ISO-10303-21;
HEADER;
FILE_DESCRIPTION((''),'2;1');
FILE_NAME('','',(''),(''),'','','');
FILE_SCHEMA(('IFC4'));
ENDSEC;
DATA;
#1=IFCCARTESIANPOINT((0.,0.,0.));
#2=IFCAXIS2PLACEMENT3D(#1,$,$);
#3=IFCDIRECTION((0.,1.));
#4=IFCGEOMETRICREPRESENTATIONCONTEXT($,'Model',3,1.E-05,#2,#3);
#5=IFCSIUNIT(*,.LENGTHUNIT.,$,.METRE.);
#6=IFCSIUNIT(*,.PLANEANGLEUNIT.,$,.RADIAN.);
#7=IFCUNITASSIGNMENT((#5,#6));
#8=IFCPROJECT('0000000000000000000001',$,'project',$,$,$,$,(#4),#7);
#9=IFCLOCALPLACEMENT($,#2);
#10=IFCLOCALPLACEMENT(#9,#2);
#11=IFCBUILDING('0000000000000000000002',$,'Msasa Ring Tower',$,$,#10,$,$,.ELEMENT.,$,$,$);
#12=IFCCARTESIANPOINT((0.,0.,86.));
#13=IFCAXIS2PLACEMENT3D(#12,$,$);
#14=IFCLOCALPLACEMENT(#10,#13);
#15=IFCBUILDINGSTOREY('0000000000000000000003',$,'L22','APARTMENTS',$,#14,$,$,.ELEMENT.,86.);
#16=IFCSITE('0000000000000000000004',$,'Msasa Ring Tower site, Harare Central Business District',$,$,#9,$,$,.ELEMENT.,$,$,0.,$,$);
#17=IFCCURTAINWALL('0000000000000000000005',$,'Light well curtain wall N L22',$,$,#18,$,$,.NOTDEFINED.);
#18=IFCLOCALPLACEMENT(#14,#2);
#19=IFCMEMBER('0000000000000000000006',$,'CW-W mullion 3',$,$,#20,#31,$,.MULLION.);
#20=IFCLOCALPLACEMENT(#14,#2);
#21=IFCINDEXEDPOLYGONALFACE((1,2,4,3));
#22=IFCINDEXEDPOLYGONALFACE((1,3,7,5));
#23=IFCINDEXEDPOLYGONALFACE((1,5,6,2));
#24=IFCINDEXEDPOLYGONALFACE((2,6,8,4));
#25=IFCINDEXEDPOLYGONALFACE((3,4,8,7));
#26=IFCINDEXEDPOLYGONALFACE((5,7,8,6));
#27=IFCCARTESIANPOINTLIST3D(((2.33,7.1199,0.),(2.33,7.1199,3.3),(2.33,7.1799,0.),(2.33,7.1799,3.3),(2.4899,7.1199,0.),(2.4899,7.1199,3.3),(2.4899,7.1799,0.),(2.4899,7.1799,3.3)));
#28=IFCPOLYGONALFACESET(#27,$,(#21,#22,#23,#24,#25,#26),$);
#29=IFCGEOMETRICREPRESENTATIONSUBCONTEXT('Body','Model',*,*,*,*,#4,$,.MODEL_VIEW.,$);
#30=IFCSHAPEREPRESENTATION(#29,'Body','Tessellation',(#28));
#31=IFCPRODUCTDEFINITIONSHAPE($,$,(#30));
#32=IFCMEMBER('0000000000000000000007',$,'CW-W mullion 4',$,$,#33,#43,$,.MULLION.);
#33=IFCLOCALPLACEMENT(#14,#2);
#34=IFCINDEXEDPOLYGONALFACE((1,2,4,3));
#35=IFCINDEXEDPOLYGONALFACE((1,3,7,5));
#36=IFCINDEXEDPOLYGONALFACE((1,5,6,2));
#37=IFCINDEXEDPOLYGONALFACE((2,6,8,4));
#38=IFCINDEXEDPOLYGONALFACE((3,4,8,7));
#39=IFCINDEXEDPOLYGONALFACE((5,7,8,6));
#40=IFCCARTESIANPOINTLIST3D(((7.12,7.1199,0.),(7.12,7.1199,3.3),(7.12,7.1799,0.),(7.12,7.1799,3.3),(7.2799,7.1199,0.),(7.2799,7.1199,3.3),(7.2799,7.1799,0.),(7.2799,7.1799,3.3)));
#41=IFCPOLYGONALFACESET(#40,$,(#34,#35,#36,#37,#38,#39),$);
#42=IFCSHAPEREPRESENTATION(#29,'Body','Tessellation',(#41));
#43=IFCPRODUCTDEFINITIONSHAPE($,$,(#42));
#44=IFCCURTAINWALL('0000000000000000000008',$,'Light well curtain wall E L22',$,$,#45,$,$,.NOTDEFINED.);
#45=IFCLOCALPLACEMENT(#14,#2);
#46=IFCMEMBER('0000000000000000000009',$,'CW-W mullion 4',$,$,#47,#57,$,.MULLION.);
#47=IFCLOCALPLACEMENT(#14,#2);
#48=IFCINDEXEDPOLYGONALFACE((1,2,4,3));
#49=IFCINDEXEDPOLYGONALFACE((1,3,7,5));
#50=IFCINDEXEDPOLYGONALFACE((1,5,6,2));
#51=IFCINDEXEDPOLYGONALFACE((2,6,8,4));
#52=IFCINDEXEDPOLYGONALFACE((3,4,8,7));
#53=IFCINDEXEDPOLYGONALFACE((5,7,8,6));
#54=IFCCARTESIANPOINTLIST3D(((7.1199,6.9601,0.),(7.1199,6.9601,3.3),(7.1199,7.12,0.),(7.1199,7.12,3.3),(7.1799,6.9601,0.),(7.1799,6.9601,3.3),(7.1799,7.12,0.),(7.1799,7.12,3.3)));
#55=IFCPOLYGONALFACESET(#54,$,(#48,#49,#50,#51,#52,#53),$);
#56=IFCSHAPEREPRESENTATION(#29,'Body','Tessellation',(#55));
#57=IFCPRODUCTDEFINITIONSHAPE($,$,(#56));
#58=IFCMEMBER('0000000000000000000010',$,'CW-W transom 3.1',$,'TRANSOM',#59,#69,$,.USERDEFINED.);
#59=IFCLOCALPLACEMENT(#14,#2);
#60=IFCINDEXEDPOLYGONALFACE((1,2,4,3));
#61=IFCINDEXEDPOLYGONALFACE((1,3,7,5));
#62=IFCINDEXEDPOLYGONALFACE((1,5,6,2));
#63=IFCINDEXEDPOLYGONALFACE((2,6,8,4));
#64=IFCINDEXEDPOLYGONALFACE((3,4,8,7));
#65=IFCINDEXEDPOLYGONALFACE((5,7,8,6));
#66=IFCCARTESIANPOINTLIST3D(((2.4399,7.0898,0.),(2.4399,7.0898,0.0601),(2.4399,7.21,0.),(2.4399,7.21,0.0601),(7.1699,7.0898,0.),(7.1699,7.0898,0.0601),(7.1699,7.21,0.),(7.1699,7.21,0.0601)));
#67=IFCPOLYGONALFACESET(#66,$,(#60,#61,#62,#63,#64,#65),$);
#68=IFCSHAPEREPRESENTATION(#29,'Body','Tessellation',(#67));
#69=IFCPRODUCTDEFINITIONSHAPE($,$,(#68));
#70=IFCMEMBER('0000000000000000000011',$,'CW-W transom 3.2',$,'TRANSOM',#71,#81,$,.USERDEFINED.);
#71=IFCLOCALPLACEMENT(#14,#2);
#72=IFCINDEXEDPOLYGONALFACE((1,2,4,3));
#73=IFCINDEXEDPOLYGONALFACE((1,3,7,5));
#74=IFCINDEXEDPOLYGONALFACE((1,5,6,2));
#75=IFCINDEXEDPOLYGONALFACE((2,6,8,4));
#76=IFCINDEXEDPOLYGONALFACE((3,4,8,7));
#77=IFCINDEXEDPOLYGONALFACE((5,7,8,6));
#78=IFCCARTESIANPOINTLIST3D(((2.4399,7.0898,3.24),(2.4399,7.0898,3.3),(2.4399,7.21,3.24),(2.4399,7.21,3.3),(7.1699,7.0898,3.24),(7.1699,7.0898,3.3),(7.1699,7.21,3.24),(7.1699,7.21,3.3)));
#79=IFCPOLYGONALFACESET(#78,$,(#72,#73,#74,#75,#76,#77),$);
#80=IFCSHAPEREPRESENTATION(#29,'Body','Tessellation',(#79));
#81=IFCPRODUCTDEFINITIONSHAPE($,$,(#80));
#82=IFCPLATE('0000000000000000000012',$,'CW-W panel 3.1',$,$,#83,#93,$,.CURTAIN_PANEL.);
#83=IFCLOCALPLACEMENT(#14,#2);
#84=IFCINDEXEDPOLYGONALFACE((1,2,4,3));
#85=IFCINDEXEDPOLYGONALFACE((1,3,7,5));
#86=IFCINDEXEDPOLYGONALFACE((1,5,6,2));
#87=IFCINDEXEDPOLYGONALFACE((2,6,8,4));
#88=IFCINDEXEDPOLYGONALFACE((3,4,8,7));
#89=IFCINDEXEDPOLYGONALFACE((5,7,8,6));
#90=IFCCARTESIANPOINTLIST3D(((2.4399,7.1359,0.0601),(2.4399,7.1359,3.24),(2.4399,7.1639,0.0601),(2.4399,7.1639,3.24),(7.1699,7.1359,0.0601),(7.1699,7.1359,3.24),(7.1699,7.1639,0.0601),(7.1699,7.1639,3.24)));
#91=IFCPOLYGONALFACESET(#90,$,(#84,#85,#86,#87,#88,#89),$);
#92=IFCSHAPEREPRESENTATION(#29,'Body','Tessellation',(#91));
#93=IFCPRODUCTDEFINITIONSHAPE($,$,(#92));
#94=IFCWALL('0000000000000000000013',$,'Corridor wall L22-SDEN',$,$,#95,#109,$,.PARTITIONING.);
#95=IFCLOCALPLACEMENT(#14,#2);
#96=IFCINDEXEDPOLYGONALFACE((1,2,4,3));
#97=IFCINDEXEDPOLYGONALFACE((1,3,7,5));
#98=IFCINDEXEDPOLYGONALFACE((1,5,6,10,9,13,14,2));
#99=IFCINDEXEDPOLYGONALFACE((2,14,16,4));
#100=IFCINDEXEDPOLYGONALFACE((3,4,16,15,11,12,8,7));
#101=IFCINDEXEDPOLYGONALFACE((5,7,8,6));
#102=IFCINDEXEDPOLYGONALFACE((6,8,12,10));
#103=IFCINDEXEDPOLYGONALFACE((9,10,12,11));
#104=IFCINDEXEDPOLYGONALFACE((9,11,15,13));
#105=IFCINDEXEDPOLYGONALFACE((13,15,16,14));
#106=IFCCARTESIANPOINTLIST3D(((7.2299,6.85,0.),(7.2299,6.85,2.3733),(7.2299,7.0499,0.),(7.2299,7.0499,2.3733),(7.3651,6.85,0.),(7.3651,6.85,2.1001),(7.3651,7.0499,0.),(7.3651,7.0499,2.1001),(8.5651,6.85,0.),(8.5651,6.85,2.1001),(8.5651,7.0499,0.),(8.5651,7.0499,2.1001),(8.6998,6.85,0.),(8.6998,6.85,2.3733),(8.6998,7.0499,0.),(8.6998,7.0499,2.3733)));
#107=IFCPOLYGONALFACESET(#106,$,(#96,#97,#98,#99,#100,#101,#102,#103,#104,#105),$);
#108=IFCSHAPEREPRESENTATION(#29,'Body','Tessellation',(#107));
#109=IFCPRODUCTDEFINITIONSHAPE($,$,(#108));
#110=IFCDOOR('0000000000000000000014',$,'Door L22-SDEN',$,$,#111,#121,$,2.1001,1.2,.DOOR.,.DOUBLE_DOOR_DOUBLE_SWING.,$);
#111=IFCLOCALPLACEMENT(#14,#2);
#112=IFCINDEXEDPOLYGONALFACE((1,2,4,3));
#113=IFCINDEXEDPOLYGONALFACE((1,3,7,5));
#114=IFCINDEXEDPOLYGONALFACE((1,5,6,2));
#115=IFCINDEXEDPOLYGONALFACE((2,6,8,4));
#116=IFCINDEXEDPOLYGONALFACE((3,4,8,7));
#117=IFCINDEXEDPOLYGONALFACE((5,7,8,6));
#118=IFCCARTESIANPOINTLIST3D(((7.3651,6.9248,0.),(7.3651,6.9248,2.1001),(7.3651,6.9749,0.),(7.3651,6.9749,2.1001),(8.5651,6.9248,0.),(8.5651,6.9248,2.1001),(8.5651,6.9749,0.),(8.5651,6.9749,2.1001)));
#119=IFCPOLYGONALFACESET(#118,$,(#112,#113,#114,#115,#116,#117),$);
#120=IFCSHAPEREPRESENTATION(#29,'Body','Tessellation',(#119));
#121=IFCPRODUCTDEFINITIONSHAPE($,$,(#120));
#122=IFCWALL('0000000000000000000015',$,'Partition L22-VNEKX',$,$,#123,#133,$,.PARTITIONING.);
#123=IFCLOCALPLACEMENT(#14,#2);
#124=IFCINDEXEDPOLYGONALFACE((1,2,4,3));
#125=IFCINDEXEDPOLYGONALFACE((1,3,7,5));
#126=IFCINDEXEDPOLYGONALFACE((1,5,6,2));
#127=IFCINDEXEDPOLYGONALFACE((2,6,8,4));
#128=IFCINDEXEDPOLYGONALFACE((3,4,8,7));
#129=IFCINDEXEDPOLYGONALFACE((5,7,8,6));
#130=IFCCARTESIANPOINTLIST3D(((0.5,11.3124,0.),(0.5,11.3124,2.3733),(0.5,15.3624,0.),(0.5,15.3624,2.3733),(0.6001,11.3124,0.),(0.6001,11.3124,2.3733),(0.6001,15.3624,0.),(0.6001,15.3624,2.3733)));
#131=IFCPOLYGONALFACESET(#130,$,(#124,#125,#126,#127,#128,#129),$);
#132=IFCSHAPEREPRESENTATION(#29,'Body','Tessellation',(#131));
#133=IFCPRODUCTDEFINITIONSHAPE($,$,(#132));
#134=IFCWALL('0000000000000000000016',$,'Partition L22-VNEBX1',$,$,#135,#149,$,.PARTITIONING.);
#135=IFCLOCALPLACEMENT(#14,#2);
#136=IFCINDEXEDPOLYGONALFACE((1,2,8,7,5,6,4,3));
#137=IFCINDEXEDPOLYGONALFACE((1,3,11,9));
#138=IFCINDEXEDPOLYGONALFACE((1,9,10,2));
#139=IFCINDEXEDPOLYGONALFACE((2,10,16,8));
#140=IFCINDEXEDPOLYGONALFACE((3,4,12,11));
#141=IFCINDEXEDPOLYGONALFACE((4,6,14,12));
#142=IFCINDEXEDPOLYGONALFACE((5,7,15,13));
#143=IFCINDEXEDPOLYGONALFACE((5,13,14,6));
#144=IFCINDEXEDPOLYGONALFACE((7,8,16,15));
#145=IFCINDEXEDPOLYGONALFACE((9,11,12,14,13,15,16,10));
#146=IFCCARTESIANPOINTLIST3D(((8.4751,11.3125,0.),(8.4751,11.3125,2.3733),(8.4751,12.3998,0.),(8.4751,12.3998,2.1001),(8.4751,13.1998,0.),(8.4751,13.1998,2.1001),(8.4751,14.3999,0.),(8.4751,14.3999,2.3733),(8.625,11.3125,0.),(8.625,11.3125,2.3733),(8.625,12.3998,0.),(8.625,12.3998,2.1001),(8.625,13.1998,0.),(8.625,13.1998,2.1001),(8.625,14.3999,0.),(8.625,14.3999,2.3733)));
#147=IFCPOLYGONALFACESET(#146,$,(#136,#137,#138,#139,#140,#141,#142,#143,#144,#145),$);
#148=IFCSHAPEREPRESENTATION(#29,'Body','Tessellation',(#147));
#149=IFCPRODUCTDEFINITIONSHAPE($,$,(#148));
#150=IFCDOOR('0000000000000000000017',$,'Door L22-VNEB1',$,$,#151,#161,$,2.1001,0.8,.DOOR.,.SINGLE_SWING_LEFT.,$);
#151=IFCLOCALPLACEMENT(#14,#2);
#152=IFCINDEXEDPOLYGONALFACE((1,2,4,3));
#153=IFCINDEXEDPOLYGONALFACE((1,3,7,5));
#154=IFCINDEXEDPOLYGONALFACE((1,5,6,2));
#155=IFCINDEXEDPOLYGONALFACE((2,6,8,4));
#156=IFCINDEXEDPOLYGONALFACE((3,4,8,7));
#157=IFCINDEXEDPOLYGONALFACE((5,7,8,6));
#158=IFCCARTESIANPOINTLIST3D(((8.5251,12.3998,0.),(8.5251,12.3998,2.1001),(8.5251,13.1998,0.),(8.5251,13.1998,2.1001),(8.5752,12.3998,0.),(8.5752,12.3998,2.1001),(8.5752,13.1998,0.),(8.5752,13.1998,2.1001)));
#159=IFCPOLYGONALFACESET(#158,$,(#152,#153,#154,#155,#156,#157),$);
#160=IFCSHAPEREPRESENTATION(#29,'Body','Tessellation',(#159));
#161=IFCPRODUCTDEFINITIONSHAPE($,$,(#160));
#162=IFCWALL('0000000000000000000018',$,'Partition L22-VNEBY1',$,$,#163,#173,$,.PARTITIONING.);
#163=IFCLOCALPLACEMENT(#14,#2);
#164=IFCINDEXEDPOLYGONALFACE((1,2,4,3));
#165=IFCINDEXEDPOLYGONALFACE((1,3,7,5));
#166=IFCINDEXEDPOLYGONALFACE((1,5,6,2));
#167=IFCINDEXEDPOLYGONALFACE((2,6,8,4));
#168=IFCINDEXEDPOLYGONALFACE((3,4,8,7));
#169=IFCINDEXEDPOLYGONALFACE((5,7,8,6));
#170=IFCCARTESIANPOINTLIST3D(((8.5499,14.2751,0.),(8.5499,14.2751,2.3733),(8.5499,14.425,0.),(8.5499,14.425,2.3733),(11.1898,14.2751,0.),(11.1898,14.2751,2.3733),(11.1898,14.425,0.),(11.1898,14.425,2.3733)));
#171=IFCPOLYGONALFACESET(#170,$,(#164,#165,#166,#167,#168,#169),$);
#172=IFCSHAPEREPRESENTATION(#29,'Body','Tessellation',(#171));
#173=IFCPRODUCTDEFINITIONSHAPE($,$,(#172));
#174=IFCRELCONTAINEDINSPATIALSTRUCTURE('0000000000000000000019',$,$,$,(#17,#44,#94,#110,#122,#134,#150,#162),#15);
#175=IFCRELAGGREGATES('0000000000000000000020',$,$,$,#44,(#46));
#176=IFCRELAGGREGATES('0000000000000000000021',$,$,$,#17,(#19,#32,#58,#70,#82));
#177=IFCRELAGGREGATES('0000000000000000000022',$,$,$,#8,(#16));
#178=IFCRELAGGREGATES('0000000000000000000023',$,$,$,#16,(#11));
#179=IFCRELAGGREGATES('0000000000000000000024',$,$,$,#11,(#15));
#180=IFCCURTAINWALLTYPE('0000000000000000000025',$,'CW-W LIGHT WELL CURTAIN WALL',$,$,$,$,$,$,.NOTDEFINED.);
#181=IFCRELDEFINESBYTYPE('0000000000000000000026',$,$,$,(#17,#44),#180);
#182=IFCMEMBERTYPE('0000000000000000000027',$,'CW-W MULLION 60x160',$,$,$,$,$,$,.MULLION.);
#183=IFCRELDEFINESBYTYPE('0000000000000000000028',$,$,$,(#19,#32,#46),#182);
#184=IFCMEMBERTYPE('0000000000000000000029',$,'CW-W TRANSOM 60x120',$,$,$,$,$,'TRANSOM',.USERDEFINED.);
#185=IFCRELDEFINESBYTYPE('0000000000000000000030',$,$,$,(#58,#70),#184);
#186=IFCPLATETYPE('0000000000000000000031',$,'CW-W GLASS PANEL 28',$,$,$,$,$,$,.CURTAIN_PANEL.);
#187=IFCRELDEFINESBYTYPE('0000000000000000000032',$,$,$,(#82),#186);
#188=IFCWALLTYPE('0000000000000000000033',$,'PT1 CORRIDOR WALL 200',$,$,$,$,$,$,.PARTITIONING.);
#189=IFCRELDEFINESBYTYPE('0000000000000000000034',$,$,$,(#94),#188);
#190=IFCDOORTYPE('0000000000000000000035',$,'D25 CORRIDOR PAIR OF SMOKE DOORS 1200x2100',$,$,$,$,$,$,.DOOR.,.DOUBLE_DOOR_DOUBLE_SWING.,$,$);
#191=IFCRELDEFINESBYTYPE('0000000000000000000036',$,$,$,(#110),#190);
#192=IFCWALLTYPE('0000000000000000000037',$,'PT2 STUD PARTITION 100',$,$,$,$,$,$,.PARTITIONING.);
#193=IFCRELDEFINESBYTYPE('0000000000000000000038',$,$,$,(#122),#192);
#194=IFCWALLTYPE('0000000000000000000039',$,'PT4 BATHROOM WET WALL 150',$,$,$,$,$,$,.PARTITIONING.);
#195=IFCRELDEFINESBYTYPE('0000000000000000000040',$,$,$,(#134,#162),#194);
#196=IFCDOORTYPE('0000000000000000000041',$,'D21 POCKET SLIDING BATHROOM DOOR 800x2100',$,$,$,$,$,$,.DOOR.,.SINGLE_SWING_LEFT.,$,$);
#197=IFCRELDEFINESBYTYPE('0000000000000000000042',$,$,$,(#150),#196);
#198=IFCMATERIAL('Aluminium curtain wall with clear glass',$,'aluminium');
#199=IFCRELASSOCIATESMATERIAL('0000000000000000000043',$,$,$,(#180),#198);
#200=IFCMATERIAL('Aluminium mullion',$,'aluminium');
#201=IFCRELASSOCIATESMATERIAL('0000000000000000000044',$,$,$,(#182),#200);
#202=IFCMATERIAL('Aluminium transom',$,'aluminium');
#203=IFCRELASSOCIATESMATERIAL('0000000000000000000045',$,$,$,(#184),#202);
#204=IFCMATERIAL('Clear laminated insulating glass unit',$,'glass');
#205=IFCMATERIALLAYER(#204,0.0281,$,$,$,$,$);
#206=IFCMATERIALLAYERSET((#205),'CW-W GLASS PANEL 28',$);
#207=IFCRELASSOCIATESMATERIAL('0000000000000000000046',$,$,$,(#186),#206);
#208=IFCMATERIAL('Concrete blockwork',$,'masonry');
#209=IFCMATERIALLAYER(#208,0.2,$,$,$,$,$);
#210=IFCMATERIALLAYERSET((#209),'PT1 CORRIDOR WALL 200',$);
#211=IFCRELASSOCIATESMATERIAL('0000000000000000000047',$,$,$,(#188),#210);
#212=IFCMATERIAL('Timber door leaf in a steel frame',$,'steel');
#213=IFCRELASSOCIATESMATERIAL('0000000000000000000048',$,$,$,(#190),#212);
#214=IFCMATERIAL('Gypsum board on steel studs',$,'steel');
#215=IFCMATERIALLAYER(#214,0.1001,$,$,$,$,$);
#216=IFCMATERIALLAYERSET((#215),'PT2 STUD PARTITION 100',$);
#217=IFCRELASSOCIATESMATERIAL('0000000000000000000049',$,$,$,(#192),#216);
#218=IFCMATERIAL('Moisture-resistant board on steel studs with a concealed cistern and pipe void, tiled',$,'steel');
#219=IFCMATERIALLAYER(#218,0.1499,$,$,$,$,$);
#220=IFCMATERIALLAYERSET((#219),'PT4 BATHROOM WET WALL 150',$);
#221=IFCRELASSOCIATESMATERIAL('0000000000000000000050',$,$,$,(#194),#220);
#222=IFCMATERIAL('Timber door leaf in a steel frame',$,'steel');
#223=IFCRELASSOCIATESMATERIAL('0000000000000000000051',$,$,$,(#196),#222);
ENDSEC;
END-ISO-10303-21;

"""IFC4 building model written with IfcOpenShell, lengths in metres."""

from ifc_helpers import new_model, si_unit, direction, frame, frame_2d, origin, origin_2d, place, context, subcontext, project, spatial, rectangle, extrude, material, layer, layer_set, material_profile, profile_set, type_object, element, fill, aggregate, save


model = new_model("IFC4")

# Units and contexts
model_context = context("Model", 3, precision=1e-05, world=origin(), true_north=direction((0.0, 1.0)))
body_context = subcontext(model_context, "Body", "Model", "MODEL_VIEW")
ifc_project = project(units=[si_unit("LENGTHUNIT", "METRE"), si_unit("PLANEANGLEUNIT", "RADIAN")], contexts=[model_context])

# Site, building, storey
site_placement = place(None, origin())
site = spatial("IfcSite", under=ifc_project, at=site_placement, Name="Msasa Ring Tower site, Harare Central Business District", CompositionType="ELEMENT", RefElevation=0.0)
building_placement = place(site_placement, origin())
building = spatial("IfcBuilding", under=site, at=building_placement, Name="Msasa Ring Tower", CompositionType="ELEMENT")
storey_placement = place(building_placement, frame((0.0, 0.0, 86.0)))
storey = spatial("IfcBuildingStorey", under=building, at=storey_placement, Name="L22", Description="APARTMENTS", CompositionType="ELEMENT", Elevation=86.0)

# Curtain wall, members
ifc_material_1 = material(Name="Aluminium curtain wall with clear glass", Category="aluminium")
curtain_wall_type = type_object("IfcCurtainWallType", Name="CW-W LIGHT WELL CURTAIN WALL", PredefinedType="NOTDEFINED", material=ifc_material_1)
curtain_wall_1_placement = place(storey_placement, origin())
curtain_wall_1 = element("IfcCurtainWall", 1, at=curtain_wall_1_placement, inside=storey, type_object=curtain_wall_type, Name="Light well curtain wall N L22", PredefinedType="NOTDEFINED")
ifc_material_2 = material(Name="Aluminium mullion", Category="aluminium")
ifc_material_profile_1 = material_profile(ifc_material_2, rectangle(XDim=0.0601, YDim=0.1599, at=origin_2d()), Name="AL 60x160")
ifc_profile_set_1 = profile_set([ifc_material_profile_1], Name="Aluminium mullion")
member_type_1 = type_object("IfcMemberType", Name="CW-W MULLION 60x160", PredefinedType="MULLION", material=ifc_profile_set_1)
member_1_placement = place(storey_placement, frame((2.4099, 7.1499, 0.0), z_axis=(0.0, 0.0, 1.0), x_axis=(0.0, 1.0, 0.0)))
member_1 = element("IfcMember", 2, at=member_1_placement, type_object=member_type_1, Name="CW-W mullion 3", PredefinedType="MULLION", context=body_context, shape_type="SweptSolid", body=[
    extrude(rectangle(XDim=0.0601, YDim=0.1599, at=origin_2d()), origin(), (0.0, 0.0, 1.0), 3.3),
])
member_2_placement = place(storey_placement, frame((7.2, 7.1499, 0.0), z_axis=(0.0, 0.0, 1.0), x_axis=(0.0, 1.0, 0.0)))
member_2 = element("IfcMember", 3, at=member_2_placement, type_object=member_type_1, Name="CW-W mullion 4", PredefinedType="MULLION", context=body_context, shape_type="SweptSolid", body=[
    extrude(rectangle(XDim=0.0601, YDim=0.1599, at=origin_2d()), origin(), (0.0, 0.0, 1.0), 3.3),
])

# Curtain wall, member
curtain_wall_2_placement = place(storey_placement, origin())
curtain_wall_2 = element("IfcCurtainWall", 4, at=curtain_wall_2_placement, inside=storey, type_object=curtain_wall_type, Name="Light well curtain wall E L22", PredefinedType="NOTDEFINED")
member_3_placement = place(storey_placement, frame((7.1499, 7.04, 0.0), z_axis=(0.0, 0.0, 1.0), x_axis=(-1.0, 0.0, 0.0)))
member_3 = element("IfcMember", 5, at=member_3_placement, type_object=member_type_1, Name="CW-W mullion 4", PredefinedType="MULLION", context=body_context, shape_type="SweptSolid", body=[
    extrude(rectangle(XDim=0.0601, YDim=0.1599, at=origin_2d()), origin(), (0.0, 0.0, 1.0), 3.3),
])
aggregate(curtain_wall_2, [member_3])

# Members
ifc_material_3 = material(Name="Aluminium transom", Category="aluminium")
ifc_material_profile_2 = material_profile(ifc_material_3, rectangle(XDim=0.1201, YDim=0.0601, at=origin_2d()), Name="AL 60x120")
ifc_profile_set_2 = profile_set([ifc_material_profile_2], Name="Aluminium transom")
member_type_2 = type_object("IfcMemberType", Name="CW-W TRANSOM 60x120", ElementType="TRANSOM", PredefinedType="USERDEFINED", material=ifc_profile_set_2)
member_4_placement = place(storey_placement, frame((2.4399, 7.1499, 0.03), z_axis=(1.0, 0.0, 0.0), x_axis=(0.0, 1.0, 0.0)))
member_4 = element("IfcMember", 6, at=member_4_placement, type_object=member_type_2, Name="CW-W transom 3.1", ObjectType="TRANSOM", PredefinedType="USERDEFINED", context=body_context, shape_type="SweptSolid", body=[
    extrude(rectangle(XDim=0.1201, YDim=0.0601, at=origin_2d()), origin(), (0.0, 0.0, 1.0), 4.73),
])
member_5_placement = place(storey_placement, frame((2.4399, 7.1499, 3.27), z_axis=(1.0, 0.0, 0.0), x_axis=(0.0, 1.0, 0.0)))
member_5 = element("IfcMember", 7, at=member_5_placement, type_object=member_type_2, Name="CW-W transom 3.2", ObjectType="TRANSOM", PredefinedType="USERDEFINED", context=body_context, shape_type="SweptSolid", body=[
    extrude(rectangle(XDim=0.1201, YDim=0.0601, at=origin_2d()), origin(), (0.0, 0.0, 1.0), 4.73),
])

# Plate
ifc_material_4 = material(Name="Clear laminated insulating glass unit", Category="glass")
ifc_layer_1 = layer(ifc_material_4, 0.0281)
ifc_layer_set_1 = layer_set([ifc_layer_1], Name="CW-W GLASS PANEL 28")
plate_type = type_object("IfcPlateType", Name="CW-W GLASS PANEL 28", PredefinedType="CURTAIN_PANEL", material=ifc_layer_set_1)
plate_placement = place(storey_placement, frame((4.8049, 7.1499, 0.0601), z_axis=(0.0, 0.0, 1.0), x_axis=(1.0, 0.0, 0.0)))
plate = element("IfcPlate", 8, at=plate_placement, type_object=plate_type, Name="CW-W panel 3.1", PredefinedType="CURTAIN_PANEL", context=body_context, shape_type="SweptSolid", body=[
    extrude(rectangle(XDim=4.73, YDim=0.0281, at=origin_2d()), origin(), (0.0, 0.0, 1.0), 3.1799),
])
aggregate(curtain_wall_1, [member_1, member_2, member_4, member_5, plate])

# Wall, opening, door
ifc_material_5 = material(Name="Concrete blockwork", Category="masonry")
ifc_layer_2 = layer(ifc_material_5, 0.2)
ifc_layer_set_2 = layer_set([ifc_layer_2], Name="PT1 CORRIDOR WALL 200")
wall_type_1 = type_object("IfcWallType", Name="PT1 CORRIDOR WALL 200", PredefinedType="PARTITIONING", material=ifc_layer_set_2)
wall_1_placement = place(storey_placement, frame((7.23, 6.95, 0.0), z_axis=(0.0, 0.0, 1.0), x_axis=(1.0, 0.0, 0.0)))
wall_1 = element("IfcWall", 9, at=wall_1_placement, inside=storey, type_object=wall_type_1, Name="Corridor wall L22-SDEN", PredefinedType="PARTITIONING", context=body_context, shape_type="SweptSolid", body=[
    extrude(rectangle(XDim=1.47, YDim=0.2, at=frame_2d((0.7349, 0.0))), origin(), (0.0, 0.0, 1.0), 2.3733),
])
opening_1_placement = place(wall_1_placement, frame((0.135, 0.0, 0.0)))
opening_1 = element("IfcOpeningElement", 10, at=opening_1_placement, cuts=wall_1, PredefinedType="OPENING", context=body_context, shape_type="SweptSolid", body=[
    extrude(rectangle(XDim=1.2, YDim=2.1001, at=frame_2d((0.6001, 1.05))), frame((0.0, 0.1099, 0.0), z_axis=(0.0, -1.0, 0.0), x_axis=(1.0, 0.0, 0.0)), (0.0, 0.0, 1.0), 0.22),
])
ifc_material_6 = material(Name="Timber door leaf in a steel frame", Category="steel")
door_type_1 = type_object("IfcDoorType", Name="D25 CORRIDOR PAIR OF SMOKE DOORS 1200x2100", OperationType="DOUBLE_DOOR_DOUBLE_SWING", PredefinedType="DOOR", material=ifc_material_6)
door_1_placement = place(opening_1_placement, origin())
door_1 = element("IfcDoor", 11, at=door_1_placement, inside=storey, type_object=door_type_1, Name="Door L22-SDEN", OperationType="DOUBLE_DOOR_DOUBLE_SWING", OverallHeight=2.1001, OverallWidth=1.2, PredefinedType="DOOR", context=body_context, shape_type="SweptSolid", body=[
    extrude(rectangle(XDim=1.2, YDim=2.1001, at=frame_2d((0.6001, 1.05))), frame((0.0, 0.0249, 0.0), z_axis=(0.0, -1.0, 0.0), x_axis=(1.0, 0.0, 0.0)), (0.0, 0.0, 1.0), 0.05),
])
fill(opening_1, door_1)

# Wall
ifc_material_7 = material(Name="Gypsum board on steel studs", Category="steel")
ifc_layer_3 = layer(ifc_material_7, 0.1001)
ifc_layer_set_3 = layer_set([ifc_layer_3], Name="PT2 STUD PARTITION 100")
wall_type_2 = type_object("IfcWallType", Name="PT2 STUD PARTITION 100", PredefinedType="PARTITIONING", material=ifc_layer_set_3)
wall_2_placement = place(storey_placement, frame((0.55, 11.3125, 0.0), z_axis=(0.0, 0.0, 1.0), x_axis=(0.0, 1.0, 0.0)))
element("IfcWall", 12, at=wall_2_placement, inside=storey, type_object=wall_type_2, Name="Partition L22-VNEKX", PredefinedType="PARTITIONING", context=body_context, shape_type="SweptSolid", body=[
    extrude(rectangle(XDim=4.05, YDim=0.1001, at=frame_2d((2.0249, 0.0))), origin(), (0.0, 0.0, 1.0), 2.3733),
])

# Wall, opening, door
ifc_material_8 = material(Name="Moisture-resistant board on steel studs with a concealed cistern and pipe void, tiled", Category="steel")
ifc_layer_4 = layer(ifc_material_8, 0.1499)
ifc_layer_set_4 = layer_set([ifc_layer_4], Name="PT4 BATHROOM WET WALL 150")
wall_type_3 = type_object("IfcWallType", Name="PT4 BATHROOM WET WALL 150", PredefinedType="PARTITIONING", material=ifc_layer_set_4)
wall_3_placement = place(storey_placement, frame((8.55, 11.3125, 0.0), z_axis=(0.0, 0.0, 1.0), x_axis=(0.0, 1.0, 0.0)))
wall_3 = element("IfcWall", 13, at=wall_3_placement, inside=storey, type_object=wall_type_3, Name="Partition L22-VNEBX1", PredefinedType="PARTITIONING", context=body_context, shape_type="SweptSolid", body=[
    extrude(rectangle(XDim=3.0874, YDim=0.1499, at=frame_2d((1.5437, 0.0))), origin(), (0.0, 0.0, 1.0), 2.3733),
])
opening_2_placement = place(wall_3_placement, frame((1.0874, 0.0, 0.0)))
opening_2 = element("IfcOpeningElement", 14, at=opening_2_placement, cuts=wall_3, PredefinedType="OPENING", context=body_context, shape_type="SweptSolid", body=[
    extrude(rectangle(XDim=0.8, YDim=2.1001, at=frame_2d((0.3999, 1.05))), frame((0.0, 0.085, 0.0), z_axis=(0.0, -1.0, 0.0), x_axis=(1.0, 0.0, 0.0)), (0.0, 0.0, 1.0), 0.1699),
])
ifc_material_9 = material(Name="Timber door leaf in a steel frame", Category="steel")
door_type_2 = type_object("IfcDoorType", Name="D21 POCKET SLIDING BATHROOM DOOR 800x2100", OperationType="SINGLE_SWING_LEFT", PredefinedType="DOOR", material=ifc_material_9)
door_2_placement = place(opening_2_placement, origin())
door_2 = element("IfcDoor", 15, at=door_2_placement, inside=storey, type_object=door_type_2, Name="Door L22-VNEB1", OperationType="SINGLE_SWING_LEFT", OverallHeight=2.1001, OverallWidth=0.8, PredefinedType="DOOR", context=body_context, shape_type="SweptSolid", body=[
    extrude(rectangle(XDim=0.8, YDim=2.1001, at=frame_2d((0.3999, 1.05))), frame((0.0, 0.0249, 0.0), z_axis=(0.0, -1.0, 0.0), x_axis=(1.0, 0.0, 0.0)), (0.0, 0.0, 1.0), 0.05),
])
fill(opening_2, door_2)

# Wall
wall_4_placement = place(storey_placement, frame((8.55, 14.3501, 0.0), z_axis=(0.0, 0.0, 1.0), x_axis=(1.0, 0.0, 0.0)))
element("IfcWall", 16, at=wall_4_placement, inside=storey, type_object=wall_type_3, Name="Partition L22-VNEBY1", PredefinedType="PARTITIONING", context=body_context, shape_type="SweptSolid", body=[
    extrude(rectangle(XDim=2.6399, YDim=0.1499, at=frame_2d((1.3198, 0.0))), origin(), (0.0, 0.0, 1.0), 2.3733),
])

save(model, "model.ifc")
